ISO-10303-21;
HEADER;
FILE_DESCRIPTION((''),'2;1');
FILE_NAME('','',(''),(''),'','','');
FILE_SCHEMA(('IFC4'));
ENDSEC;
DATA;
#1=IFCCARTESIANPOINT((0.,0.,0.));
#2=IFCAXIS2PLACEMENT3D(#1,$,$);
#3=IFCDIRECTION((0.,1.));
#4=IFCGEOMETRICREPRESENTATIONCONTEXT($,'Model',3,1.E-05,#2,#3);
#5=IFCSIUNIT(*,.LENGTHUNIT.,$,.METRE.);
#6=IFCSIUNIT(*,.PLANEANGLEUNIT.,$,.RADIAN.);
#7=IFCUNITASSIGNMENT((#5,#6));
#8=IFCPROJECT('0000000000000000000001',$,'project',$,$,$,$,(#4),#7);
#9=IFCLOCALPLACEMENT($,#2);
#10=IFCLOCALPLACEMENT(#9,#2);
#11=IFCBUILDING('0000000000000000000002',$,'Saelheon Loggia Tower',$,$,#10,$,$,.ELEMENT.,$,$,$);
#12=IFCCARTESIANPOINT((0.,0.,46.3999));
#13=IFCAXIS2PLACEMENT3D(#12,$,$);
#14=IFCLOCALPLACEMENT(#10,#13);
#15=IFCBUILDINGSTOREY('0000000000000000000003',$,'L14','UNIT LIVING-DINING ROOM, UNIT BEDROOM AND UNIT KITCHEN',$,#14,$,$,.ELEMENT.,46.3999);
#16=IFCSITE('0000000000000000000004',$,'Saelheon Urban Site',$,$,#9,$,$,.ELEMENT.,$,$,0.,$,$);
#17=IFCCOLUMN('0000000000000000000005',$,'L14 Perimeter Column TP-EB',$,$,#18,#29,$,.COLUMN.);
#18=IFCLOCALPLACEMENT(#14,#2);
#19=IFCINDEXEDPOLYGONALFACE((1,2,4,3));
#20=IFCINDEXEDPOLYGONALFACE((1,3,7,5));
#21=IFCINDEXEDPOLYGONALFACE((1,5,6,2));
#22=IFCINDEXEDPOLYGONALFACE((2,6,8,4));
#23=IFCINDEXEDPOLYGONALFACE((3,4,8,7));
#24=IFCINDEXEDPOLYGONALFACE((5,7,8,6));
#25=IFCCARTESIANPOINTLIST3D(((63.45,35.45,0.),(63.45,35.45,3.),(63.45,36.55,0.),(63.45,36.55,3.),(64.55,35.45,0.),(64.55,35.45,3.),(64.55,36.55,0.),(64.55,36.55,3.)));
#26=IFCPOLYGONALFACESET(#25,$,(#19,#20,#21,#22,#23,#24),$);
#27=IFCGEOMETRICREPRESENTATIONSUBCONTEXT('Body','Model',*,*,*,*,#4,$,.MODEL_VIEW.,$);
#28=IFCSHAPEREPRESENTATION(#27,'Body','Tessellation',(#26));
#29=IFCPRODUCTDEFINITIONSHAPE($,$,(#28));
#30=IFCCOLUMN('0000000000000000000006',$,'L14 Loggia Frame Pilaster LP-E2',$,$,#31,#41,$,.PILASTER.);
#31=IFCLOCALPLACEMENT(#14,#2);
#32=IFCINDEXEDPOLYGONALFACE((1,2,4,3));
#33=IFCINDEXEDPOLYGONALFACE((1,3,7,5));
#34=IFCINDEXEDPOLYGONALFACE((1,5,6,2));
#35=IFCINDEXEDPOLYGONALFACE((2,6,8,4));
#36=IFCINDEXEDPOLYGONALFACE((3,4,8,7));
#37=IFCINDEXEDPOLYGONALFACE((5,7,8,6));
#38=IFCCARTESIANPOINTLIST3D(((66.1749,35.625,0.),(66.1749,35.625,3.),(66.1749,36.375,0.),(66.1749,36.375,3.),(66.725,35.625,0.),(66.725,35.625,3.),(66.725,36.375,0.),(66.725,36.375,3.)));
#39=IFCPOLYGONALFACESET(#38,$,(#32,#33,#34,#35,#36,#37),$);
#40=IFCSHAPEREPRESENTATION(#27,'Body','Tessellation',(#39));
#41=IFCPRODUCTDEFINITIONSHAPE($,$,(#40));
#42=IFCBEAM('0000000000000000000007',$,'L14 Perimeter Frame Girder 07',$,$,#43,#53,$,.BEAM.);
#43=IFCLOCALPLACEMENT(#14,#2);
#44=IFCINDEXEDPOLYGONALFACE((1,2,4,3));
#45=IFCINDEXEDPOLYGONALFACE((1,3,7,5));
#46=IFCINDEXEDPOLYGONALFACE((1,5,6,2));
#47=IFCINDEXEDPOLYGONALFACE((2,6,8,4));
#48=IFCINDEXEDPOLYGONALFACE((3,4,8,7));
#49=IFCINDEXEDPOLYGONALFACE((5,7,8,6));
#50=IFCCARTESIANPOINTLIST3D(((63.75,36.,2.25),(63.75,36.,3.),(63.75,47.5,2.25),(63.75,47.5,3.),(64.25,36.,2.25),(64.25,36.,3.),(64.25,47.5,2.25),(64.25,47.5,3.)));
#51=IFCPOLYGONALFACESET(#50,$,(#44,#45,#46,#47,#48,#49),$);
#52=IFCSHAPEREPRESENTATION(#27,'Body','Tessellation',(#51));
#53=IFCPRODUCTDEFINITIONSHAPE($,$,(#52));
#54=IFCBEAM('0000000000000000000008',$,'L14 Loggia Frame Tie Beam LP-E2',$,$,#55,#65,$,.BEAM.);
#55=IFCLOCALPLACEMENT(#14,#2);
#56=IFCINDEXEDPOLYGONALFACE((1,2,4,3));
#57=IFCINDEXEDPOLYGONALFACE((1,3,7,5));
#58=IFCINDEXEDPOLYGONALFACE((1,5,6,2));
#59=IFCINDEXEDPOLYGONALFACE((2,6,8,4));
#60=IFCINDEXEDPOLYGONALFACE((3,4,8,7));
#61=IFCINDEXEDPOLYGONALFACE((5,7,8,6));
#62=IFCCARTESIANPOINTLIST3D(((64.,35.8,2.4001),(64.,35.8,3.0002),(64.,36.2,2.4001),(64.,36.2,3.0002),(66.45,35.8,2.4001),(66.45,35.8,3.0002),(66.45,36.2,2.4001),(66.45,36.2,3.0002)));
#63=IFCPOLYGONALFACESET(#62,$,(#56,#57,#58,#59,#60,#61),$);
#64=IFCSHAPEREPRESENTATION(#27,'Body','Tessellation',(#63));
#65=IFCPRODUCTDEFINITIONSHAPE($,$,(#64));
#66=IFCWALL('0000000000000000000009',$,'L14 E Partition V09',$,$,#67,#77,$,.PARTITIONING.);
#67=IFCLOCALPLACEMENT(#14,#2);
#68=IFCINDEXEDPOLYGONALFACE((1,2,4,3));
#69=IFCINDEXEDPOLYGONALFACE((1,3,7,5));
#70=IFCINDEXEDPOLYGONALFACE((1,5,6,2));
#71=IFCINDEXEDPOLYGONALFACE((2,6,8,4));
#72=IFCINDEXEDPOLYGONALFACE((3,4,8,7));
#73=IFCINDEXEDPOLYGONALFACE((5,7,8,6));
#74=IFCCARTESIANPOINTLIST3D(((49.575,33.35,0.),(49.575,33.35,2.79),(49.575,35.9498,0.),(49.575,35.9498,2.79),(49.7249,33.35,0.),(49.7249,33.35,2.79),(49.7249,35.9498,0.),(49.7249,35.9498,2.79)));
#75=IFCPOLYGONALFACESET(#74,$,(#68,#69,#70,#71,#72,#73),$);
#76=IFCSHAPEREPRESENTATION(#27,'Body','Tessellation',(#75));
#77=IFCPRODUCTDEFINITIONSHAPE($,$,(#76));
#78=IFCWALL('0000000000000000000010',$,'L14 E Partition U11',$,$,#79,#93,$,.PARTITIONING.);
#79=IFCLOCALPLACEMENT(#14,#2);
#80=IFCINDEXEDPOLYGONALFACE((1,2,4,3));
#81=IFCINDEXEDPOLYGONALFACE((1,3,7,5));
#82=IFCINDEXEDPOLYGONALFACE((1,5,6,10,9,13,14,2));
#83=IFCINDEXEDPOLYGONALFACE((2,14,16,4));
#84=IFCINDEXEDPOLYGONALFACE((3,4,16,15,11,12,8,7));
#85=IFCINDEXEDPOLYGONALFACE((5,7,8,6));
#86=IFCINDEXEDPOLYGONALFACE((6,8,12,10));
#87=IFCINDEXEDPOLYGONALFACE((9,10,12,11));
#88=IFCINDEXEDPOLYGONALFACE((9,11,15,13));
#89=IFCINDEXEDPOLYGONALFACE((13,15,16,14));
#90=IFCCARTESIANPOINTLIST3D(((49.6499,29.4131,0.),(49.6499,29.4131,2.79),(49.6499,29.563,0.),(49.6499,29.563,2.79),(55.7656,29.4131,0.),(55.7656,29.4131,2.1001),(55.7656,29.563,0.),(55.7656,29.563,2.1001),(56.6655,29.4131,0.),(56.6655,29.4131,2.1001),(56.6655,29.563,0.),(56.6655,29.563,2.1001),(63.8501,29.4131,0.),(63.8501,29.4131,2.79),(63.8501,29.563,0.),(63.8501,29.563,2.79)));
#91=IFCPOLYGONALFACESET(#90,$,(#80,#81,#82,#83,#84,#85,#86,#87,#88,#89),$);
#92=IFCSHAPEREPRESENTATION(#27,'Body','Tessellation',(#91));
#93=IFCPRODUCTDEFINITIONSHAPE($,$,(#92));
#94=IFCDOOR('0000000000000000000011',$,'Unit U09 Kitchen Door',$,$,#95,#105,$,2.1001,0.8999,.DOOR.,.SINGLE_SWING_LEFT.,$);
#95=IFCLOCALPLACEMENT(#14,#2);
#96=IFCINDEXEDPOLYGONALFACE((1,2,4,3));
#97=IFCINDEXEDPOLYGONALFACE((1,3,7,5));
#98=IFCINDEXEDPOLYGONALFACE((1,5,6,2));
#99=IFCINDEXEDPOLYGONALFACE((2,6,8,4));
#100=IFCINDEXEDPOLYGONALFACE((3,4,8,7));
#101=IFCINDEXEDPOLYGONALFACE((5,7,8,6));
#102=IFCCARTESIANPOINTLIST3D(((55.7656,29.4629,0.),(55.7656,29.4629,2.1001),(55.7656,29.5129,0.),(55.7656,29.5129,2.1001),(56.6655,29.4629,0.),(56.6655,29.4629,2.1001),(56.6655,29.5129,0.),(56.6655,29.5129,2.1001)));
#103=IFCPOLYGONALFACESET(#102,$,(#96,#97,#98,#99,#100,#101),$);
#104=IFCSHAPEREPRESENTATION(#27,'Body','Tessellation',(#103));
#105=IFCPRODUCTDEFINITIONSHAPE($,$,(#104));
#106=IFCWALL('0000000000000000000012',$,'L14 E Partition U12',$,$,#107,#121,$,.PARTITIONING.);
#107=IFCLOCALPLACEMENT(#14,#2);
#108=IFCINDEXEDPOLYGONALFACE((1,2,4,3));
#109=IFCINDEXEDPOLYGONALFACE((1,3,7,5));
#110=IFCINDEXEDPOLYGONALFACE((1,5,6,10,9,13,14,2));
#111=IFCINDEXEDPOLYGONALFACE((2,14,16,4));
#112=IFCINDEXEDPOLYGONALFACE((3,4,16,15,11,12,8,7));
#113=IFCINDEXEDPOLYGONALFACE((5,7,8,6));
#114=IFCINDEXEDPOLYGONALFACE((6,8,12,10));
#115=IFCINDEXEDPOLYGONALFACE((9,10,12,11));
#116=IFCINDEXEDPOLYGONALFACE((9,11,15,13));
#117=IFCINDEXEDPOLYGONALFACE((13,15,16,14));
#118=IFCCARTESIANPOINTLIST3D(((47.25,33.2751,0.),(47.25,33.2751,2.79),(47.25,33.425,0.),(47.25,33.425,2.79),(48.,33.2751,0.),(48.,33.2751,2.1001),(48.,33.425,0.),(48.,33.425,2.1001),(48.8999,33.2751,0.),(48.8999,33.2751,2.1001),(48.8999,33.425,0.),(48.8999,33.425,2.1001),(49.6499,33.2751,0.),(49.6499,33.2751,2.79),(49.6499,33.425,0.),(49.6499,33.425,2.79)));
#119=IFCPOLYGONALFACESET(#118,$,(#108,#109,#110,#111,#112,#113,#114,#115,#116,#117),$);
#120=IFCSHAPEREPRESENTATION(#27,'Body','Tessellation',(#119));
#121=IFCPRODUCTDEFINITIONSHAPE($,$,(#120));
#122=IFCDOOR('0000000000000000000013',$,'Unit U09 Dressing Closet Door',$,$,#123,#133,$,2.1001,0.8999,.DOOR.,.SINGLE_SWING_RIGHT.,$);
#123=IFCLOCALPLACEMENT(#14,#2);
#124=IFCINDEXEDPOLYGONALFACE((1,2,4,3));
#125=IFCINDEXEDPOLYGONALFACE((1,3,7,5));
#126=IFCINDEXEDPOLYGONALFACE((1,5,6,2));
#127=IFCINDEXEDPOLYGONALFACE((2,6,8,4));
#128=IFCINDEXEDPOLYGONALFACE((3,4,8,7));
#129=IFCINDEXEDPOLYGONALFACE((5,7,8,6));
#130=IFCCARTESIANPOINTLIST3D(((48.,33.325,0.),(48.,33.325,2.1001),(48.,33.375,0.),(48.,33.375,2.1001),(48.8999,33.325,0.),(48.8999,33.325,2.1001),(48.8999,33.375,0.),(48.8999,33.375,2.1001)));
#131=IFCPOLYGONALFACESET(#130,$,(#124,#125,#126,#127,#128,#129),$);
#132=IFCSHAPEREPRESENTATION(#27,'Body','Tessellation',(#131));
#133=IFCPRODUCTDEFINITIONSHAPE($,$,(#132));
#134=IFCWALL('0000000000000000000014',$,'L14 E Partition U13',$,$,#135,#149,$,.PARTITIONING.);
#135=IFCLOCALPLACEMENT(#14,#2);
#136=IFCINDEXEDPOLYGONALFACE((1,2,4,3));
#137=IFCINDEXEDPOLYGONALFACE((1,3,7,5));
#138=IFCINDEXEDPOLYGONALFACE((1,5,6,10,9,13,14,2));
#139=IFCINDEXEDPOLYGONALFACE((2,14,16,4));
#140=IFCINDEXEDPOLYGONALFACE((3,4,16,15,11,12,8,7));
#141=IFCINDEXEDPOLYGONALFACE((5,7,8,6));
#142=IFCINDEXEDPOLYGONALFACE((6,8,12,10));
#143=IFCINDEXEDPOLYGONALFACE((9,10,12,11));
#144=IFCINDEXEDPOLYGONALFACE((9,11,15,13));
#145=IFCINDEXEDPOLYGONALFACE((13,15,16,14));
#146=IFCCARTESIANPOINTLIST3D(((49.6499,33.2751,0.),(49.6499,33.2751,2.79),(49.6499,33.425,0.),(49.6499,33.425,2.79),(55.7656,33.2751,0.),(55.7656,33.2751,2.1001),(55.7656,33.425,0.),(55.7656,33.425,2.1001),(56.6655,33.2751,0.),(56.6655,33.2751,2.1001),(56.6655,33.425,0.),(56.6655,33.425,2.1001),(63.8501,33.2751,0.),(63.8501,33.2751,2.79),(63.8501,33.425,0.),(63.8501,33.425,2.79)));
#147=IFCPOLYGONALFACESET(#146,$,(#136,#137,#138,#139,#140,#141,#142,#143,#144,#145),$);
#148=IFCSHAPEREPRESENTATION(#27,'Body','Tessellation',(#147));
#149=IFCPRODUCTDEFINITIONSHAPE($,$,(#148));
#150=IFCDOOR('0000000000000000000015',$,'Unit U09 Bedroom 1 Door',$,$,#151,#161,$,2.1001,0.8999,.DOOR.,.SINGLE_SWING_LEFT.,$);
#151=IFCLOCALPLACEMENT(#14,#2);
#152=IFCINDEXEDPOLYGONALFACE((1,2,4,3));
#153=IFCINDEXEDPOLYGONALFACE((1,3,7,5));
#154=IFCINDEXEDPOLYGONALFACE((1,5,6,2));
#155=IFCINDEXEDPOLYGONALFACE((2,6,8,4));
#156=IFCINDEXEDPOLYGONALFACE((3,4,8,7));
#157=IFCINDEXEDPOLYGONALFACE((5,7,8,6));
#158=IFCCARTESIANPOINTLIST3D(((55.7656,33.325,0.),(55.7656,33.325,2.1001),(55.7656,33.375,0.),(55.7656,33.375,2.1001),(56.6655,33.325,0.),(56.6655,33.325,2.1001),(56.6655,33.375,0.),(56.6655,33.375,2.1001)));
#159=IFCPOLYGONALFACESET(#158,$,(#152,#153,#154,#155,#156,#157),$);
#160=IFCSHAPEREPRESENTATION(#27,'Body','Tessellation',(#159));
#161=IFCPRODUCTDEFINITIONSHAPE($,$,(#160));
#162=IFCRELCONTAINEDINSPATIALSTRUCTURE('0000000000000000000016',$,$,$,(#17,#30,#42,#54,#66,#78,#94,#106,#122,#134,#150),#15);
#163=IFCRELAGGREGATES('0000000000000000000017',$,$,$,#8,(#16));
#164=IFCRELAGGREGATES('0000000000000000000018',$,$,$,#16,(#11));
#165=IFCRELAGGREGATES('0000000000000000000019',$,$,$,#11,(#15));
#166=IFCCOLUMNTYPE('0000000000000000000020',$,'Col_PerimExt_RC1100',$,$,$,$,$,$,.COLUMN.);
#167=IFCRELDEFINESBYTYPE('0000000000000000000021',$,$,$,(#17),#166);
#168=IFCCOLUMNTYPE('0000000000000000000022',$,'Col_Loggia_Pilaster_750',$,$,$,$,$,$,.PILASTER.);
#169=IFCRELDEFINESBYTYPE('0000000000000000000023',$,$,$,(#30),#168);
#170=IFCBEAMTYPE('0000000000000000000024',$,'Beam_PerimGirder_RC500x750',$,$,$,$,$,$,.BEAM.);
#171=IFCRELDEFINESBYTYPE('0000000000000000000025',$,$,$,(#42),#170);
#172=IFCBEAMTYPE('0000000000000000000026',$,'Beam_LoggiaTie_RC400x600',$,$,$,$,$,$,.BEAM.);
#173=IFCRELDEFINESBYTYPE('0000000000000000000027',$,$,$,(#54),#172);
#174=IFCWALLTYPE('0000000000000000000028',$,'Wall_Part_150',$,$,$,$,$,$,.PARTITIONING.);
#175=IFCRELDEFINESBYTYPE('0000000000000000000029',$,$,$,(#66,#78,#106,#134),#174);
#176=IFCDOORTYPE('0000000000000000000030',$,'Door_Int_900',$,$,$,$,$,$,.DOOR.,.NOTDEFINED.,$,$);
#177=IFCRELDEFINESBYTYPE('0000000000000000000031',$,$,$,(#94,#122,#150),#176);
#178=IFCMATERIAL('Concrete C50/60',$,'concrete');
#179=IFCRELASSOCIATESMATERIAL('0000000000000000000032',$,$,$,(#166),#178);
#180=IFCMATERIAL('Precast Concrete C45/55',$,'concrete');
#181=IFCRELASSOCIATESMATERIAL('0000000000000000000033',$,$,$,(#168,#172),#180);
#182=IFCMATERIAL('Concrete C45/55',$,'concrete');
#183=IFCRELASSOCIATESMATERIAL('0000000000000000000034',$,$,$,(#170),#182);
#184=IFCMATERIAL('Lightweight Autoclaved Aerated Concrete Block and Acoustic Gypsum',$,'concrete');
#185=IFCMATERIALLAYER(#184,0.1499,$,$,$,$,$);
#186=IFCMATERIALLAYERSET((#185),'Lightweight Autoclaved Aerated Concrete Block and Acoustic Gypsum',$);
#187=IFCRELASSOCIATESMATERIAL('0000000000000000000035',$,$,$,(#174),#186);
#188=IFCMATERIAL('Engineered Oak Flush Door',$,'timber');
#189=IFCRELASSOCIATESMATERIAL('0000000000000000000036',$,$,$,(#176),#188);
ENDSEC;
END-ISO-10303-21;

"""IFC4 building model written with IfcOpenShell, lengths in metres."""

from ifc_helpers import new_model, si_unit, direction, frame, frame_2d, origin, origin_2d, place, context, subcontext, project, spatial, rectangle, extrude, source, transform, mapped, material, layer, layer_set, material_profile, profile_set, type_object, element, fill, save


model = new_model("IFC4")

# Units and contexts
model_context = context("Model", 3, precision=1e-05, world=origin(), true_north=direction((0.0, 1.0)))
body_context = subcontext(model_context, "Body", "Model", "MODEL_VIEW")
ifc_project = project(units=[si_unit("LENGTHUNIT", "METRE"), si_unit("PLANEANGLEUNIT", "RADIAN")], contexts=[model_context])

# Site, building, storey
site_placement = place(None, origin())
site = spatial("IfcSite", under=ifc_project, at=site_placement, Name="Saelheon Urban Site", CompositionType="ELEMENT", RefElevation=0.0)
building_placement = place(site_placement, origin())
building = spatial("IfcBuilding", under=site, at=building_placement, Name="Saelheon Loggia Tower", CompositionType="ELEMENT")
storey_placement = place(building_placement, frame((0.0, 0.0, 46.3999)))
storey = spatial("IfcBuildingStorey", under=building, at=storey_placement, Name="L14", Description="UNIT LIVING-DINING ROOM, UNIT BEDROOM AND UNIT KITCHEN", CompositionType="ELEMENT", Elevation=46.3999)

# Columns
ifc_material_1 = material(Name="Concrete C50/60", Category="concrete")
ifc_material_profile_1 = material_profile(ifc_material_1, rectangle(XDim=1.1001, YDim=1.1001, at=origin_2d()), Name="RC-1100x1100")
ifc_profile_set_1 = profile_set([ifc_material_profile_1], Name="Concrete C50/60")
column_type_1 = type_object("IfcColumnType", Name="Col_PerimExt_RC1100", PredefinedType="COLUMN", material=ifc_profile_set_1)
shared_shape_1 = source(origin(), body_context, "Body", "SweptSolid", [
    extrude(rectangle(XDim=1.1001, YDim=1.1001, at=origin_2d()), origin(), (0.0, 0.0, 1.0), 3.0),
])
column_1_placement = place(storey_placement, frame((64.0, 36.0, 0.0), z_axis=(0.0, 0.0, 1.0), x_axis=(1.0, 0.0, 0.0)))
element("IfcColumn", 1, at=column_1_placement, inside=storey, type_object=column_type_1, Name="L14 Perimeter Column TP-EB", PredefinedType="COLUMN", context=body_context, shape_type="MappedRepresentation", body=[
    mapped(shared_shape_1, transform((0.0, 0.0, 0.0), scale=1.0)),
])
ifc_material_2 = material(Name="Precast Concrete C45/55", Category="concrete")
ifc_material_profile_2 = material_profile(ifc_material_2, rectangle(XDim=0.55, YDim=0.75, at=origin_2d()), Name="RC-550x750")
ifc_profile_set_2 = profile_set([ifc_material_profile_2], Name="Precast Concrete C45/55")
column_type_2 = type_object("IfcColumnType", Name="Col_Loggia_Pilaster_750", PredefinedType="PILASTER", material=ifc_profile_set_2)
shared_shape_2 = source(origin(), body_context, "Body", "SweptSolid", [
    extrude(rectangle(XDim=0.55, YDim=0.75, at=origin_2d()), origin(), (0.0, 0.0, 1.0), 3.0),
])
column_2_placement = place(storey_placement, frame((66.45, 36.0, 0.0), z_axis=(0.0, 0.0, 1.0), x_axis=(1.0, 0.0, 0.0)))
element("IfcColumn", 2, at=column_2_placement, inside=storey, type_object=column_type_2, Name="L14 Loggia Frame Pilaster LP-E2", PredefinedType="PILASTER", context=body_context, shape_type="MappedRepresentation", body=[
    mapped(shared_shape_2, transform((0.0, 0.0, 0.0), scale=1.0)),
])

# Beams
ifc_material_3 = material(Name="Concrete C45/55", Category="concrete")
ifc_material_profile_3 = material_profile(ifc_material_3, rectangle(XDim=0.5, YDim=0.75, at=origin_2d()), Name="RC-500x750")
ifc_profile_set_3 = profile_set([ifc_material_profile_3], Name="Concrete C45/55")
beam_type_1 = type_object("IfcBeamType", Name="Beam_PerimGirder_RC500x750", PredefinedType="BEAM", material=ifc_profile_set_3)
shared_shape_3 = source(origin(), body_context, "Body", "SweptSolid", [
    extrude(rectangle(XDim=0.5, YDim=0.75, at=origin_2d()), origin(), (0.0, 0.0, 1.0), 11.5),
])
beam_1_placement = place(storey_placement, frame((64.0, 36.0, 2.625), z_axis=(0.0, 1.0, 0.0), x_axis=(-1.0, 0.0, 0.0)))
element("IfcBeam", 3, at=beam_1_placement, inside=storey, type_object=beam_type_1, Name="L14 Perimeter Frame Girder 07", PredefinedType="BEAM", context=body_context, shape_type="MappedRepresentation", body=[
    mapped(shared_shape_3, transform((0.0, 0.0, 0.0), scale=1.0)),
])
ifc_material_profile_4 = material_profile(ifc_material_2, rectangle(XDim=0.3999, YDim=0.6001, at=origin_2d()), Name="RC-400x600")
ifc_profile_set_4 = profile_set([ifc_material_profile_4], Name="Precast Concrete C45/55")
beam_type_2 = type_object("IfcBeamType", Name="Beam_LoggiaTie_RC400x600", PredefinedType="BEAM", material=ifc_profile_set_4)
shared_shape_4 = source(origin(), body_context, "Body", "SweptSolid", [
    extrude(rectangle(XDim=0.3999, YDim=0.6001, at=origin_2d()), origin(), (0.0, 0.0, 1.0), 2.45),
])
beam_2_placement = place(storey_placement, frame((64.0, 36.0, 2.7002), z_axis=(1.0, 0.0, 0.0), x_axis=(0.0, 1.0, 0.0)))
element("IfcBeam", 4, at=beam_2_placement, inside=storey, type_object=beam_type_2, Name="L14 Loggia Frame Tie Beam LP-E2", PredefinedType="BEAM", context=body_context, shape_type="MappedRepresentation", body=[
    mapped(shared_shape_4, transform((0.0, 0.0, 0.0), scale=1.0)),
])

# Wall
ifc_material_4 = material(Name="Lightweight Autoclaved Aerated Concrete Block and Acoustic Gypsum", Category="concrete")
ifc_layer_1 = layer(ifc_material_4, 0.1499)
ifc_layer_set_1 = layer_set([ifc_layer_1], Name="Lightweight Autoclaved Aerated Concrete Block and Acoustic Gypsum")
wall_type_1 = type_object("IfcWallType", Name="Wall_Part_150", PredefinedType="PARTITIONING", material=ifc_layer_set_1)
wall_1_placement = place(storey_placement, frame((49.6499, 33.3501, 0.0), z_axis=(0.0, 0.0, 1.0), x_axis=(0.0, 1.0, 0.0)))
element("IfcWall", 5, at=wall_1_placement, inside=storey, type_object=wall_type_1, Name="L14 E Partition V09", PredefinedType="PARTITIONING", context=body_context, shape_type="SweptSolid", body=[
    extrude(rectangle(XDim=2.5999, YDim=0.1499, at=frame_2d((1.2998, 0.0))), origin(), (0.0, 0.0, 1.0), 2.79),
])

# Walls, openings, doors
wall_2_placement = place(storey_placement, frame((49.6499, 29.488, 0.0), z_axis=(0.0, 0.0, 1.0), x_axis=(1.0, 0.0, 0.0)))
wall_2 = element("IfcWall", 6, at=wall_2_placement, inside=storey, type_object=wall_type_1, Name="L14 E Partition U11", PredefinedType="PARTITIONING", context=body_context, shape_type="SweptSolid", body=[
    extrude(rectangle(XDim=14.2002, YDim=0.1499, at=frame_2d((7.1001, 0.0))), origin(), (0.0, 0.0, 1.0), 2.79),
])
opening_1_placement = place(wall_2_placement, frame((6.1157, 0.0, 0.0)))
opening_1 = element("IfcOpeningElement", 7, at=opening_1_placement, cuts=wall_2, PredefinedType="OPENING", context=body_context, shape_type="SweptSolid", body=[
    extrude(rectangle(XDim=0.8999, YDim=2.1001, at=frame_2d((0.45, 1.05))), frame((0.0, 0.0869, 0.0), z_axis=(0.0, -1.0, 0.0), x_axis=(1.0, 0.0, 0.0)), (0.0, 0.0, 1.0), 0.1738),
])
ifc_material_5 = material(Name="Engineered Oak Flush Door", Category="timber")
door_type_1 = type_object("IfcDoorType", Name="Door_Int_900", OperationType="NOTDEFINED", PredefinedType="DOOR", material=ifc_material_5)
shared_shape_5 = source(origin(), body_context, "Body", "SweptSolid", [
    extrude(rectangle(XDim=0.8999, YDim=2.1001, at=frame_2d((0.45, 1.05))), frame((0.0, 0.0249, 0.0), z_axis=(0.0, -1.0, 0.0), x_axis=(1.0, 0.0, 0.0)), (0.0, 0.0, 1.0), 0.05),
])
door_1_placement = place(opening_1_placement, origin())
door_1 = element("IfcDoor", 8, at=door_1_placement, inside=storey, type_object=door_type_1, Name="Unit U09 Kitchen Door", OperationType="SINGLE_SWING_LEFT", OverallHeight=2.1001, OverallWidth=0.8999, PredefinedType="DOOR", context=body_context, shape_type="MappedRepresentation", body=[
    mapped(shared_shape_5, transform((0.0, 0.0, 0.0), scale=1.0)),
])
fill(opening_1, door_1)
wall_3_placement = place(storey_placement, frame((47.25, 33.3501, 0.0), z_axis=(0.0, 0.0, 1.0), x_axis=(1.0, 0.0, 0.0)))
wall_3 = element("IfcWall", 9, at=wall_3_placement, inside=storey, type_object=wall_type_1, Name="L14 E Partition U12", PredefinedType="PARTITIONING", context=body_context, shape_type="SweptSolid", body=[
    extrude(rectangle(XDim=2.3999, YDim=0.1499, at=frame_2d((1.2, 0.0))), origin(), (0.0, 0.0, 1.0), 2.79),
])
opening_2_placement = place(wall_3_placement, frame((0.75, 0.0, 0.0)))
opening_2 = element("IfcOpeningElement", 10, at=opening_2_placement, cuts=wall_3, PredefinedType="OPENING", context=body_context, shape_type="SweptSolid", body=[
    extrude(rectangle(XDim=0.8999, YDim=2.1001, at=frame_2d((0.45, 1.05))), frame((0.0, 0.0869, 0.0), z_axis=(0.0, -1.0, 0.0), x_axis=(1.0, 0.0, 0.0)), (0.0, 0.0, 1.0), 0.1738),
])
door_2_placement = place(opening_2_placement, origin())
door_2 = element("IfcDoor", 11, at=door_2_placement, inside=storey, type_object=door_type_1, Name="Unit U09 Dressing Closet Door", OperationType="SINGLE_SWING_RIGHT", OverallHeight=2.1001, OverallWidth=0.8999, PredefinedType="DOOR", context=body_context, shape_type="MappedRepresentation", body=[
    mapped(shared_shape_5, transform((0.0, 0.0, 0.0), scale=1.0)),
])
fill(opening_2, door_2)
wall_4_placement = place(storey_placement, frame((49.6499, 33.3501, 0.0), z_axis=(0.0, 0.0, 1.0), x_axis=(1.0, 0.0, 0.0)))
wall_4 = element("IfcWall", 12, at=wall_4_placement, inside=storey, type_object=wall_type_1, Name="L14 E Partition U13", PredefinedType="PARTITIONING", context=body_context, shape_type="SweptSolid", body=[
    extrude(rectangle(XDim=14.2002, YDim=0.1499, at=frame_2d((7.1001, 0.0))), origin(), (0.0, 0.0, 1.0), 2.79),
])
opening_3_placement = place(wall_4_placement, frame((6.1157, 0.0, 0.0)))
opening_3 = element("IfcOpeningElement", 13, at=opening_3_placement, cuts=wall_4, PredefinedType="OPENING", context=body_context, shape_type="SweptSolid", body=[
    extrude(rectangle(XDim=0.8999, YDim=2.1001, at=frame_2d((0.45, 1.05))), frame((0.0, 0.0869, 0.0), z_axis=(0.0, -1.0, 0.0), x_axis=(1.0, 0.0, 0.0)), (0.0, 0.0, 1.0), 0.1738),
])
door_3_placement = place(opening_3_placement, origin())
door_3 = element("IfcDoor", 14, at=door_3_placement, inside=storey, type_object=door_type_1, Name="Unit U09 Bedroom 1 Door", OperationType="SINGLE_SWING_LEFT", OverallHeight=2.1001, OverallWidth=0.8999, PredefinedType="DOOR", context=body_context, shape_type="MappedRepresentation", body=[
    mapped(shared_shape_5, transform((0.0, 0.0, 0.0), scale=1.0)),
])
fill(opening_3, door_3)

save(model, "model.ifc")
